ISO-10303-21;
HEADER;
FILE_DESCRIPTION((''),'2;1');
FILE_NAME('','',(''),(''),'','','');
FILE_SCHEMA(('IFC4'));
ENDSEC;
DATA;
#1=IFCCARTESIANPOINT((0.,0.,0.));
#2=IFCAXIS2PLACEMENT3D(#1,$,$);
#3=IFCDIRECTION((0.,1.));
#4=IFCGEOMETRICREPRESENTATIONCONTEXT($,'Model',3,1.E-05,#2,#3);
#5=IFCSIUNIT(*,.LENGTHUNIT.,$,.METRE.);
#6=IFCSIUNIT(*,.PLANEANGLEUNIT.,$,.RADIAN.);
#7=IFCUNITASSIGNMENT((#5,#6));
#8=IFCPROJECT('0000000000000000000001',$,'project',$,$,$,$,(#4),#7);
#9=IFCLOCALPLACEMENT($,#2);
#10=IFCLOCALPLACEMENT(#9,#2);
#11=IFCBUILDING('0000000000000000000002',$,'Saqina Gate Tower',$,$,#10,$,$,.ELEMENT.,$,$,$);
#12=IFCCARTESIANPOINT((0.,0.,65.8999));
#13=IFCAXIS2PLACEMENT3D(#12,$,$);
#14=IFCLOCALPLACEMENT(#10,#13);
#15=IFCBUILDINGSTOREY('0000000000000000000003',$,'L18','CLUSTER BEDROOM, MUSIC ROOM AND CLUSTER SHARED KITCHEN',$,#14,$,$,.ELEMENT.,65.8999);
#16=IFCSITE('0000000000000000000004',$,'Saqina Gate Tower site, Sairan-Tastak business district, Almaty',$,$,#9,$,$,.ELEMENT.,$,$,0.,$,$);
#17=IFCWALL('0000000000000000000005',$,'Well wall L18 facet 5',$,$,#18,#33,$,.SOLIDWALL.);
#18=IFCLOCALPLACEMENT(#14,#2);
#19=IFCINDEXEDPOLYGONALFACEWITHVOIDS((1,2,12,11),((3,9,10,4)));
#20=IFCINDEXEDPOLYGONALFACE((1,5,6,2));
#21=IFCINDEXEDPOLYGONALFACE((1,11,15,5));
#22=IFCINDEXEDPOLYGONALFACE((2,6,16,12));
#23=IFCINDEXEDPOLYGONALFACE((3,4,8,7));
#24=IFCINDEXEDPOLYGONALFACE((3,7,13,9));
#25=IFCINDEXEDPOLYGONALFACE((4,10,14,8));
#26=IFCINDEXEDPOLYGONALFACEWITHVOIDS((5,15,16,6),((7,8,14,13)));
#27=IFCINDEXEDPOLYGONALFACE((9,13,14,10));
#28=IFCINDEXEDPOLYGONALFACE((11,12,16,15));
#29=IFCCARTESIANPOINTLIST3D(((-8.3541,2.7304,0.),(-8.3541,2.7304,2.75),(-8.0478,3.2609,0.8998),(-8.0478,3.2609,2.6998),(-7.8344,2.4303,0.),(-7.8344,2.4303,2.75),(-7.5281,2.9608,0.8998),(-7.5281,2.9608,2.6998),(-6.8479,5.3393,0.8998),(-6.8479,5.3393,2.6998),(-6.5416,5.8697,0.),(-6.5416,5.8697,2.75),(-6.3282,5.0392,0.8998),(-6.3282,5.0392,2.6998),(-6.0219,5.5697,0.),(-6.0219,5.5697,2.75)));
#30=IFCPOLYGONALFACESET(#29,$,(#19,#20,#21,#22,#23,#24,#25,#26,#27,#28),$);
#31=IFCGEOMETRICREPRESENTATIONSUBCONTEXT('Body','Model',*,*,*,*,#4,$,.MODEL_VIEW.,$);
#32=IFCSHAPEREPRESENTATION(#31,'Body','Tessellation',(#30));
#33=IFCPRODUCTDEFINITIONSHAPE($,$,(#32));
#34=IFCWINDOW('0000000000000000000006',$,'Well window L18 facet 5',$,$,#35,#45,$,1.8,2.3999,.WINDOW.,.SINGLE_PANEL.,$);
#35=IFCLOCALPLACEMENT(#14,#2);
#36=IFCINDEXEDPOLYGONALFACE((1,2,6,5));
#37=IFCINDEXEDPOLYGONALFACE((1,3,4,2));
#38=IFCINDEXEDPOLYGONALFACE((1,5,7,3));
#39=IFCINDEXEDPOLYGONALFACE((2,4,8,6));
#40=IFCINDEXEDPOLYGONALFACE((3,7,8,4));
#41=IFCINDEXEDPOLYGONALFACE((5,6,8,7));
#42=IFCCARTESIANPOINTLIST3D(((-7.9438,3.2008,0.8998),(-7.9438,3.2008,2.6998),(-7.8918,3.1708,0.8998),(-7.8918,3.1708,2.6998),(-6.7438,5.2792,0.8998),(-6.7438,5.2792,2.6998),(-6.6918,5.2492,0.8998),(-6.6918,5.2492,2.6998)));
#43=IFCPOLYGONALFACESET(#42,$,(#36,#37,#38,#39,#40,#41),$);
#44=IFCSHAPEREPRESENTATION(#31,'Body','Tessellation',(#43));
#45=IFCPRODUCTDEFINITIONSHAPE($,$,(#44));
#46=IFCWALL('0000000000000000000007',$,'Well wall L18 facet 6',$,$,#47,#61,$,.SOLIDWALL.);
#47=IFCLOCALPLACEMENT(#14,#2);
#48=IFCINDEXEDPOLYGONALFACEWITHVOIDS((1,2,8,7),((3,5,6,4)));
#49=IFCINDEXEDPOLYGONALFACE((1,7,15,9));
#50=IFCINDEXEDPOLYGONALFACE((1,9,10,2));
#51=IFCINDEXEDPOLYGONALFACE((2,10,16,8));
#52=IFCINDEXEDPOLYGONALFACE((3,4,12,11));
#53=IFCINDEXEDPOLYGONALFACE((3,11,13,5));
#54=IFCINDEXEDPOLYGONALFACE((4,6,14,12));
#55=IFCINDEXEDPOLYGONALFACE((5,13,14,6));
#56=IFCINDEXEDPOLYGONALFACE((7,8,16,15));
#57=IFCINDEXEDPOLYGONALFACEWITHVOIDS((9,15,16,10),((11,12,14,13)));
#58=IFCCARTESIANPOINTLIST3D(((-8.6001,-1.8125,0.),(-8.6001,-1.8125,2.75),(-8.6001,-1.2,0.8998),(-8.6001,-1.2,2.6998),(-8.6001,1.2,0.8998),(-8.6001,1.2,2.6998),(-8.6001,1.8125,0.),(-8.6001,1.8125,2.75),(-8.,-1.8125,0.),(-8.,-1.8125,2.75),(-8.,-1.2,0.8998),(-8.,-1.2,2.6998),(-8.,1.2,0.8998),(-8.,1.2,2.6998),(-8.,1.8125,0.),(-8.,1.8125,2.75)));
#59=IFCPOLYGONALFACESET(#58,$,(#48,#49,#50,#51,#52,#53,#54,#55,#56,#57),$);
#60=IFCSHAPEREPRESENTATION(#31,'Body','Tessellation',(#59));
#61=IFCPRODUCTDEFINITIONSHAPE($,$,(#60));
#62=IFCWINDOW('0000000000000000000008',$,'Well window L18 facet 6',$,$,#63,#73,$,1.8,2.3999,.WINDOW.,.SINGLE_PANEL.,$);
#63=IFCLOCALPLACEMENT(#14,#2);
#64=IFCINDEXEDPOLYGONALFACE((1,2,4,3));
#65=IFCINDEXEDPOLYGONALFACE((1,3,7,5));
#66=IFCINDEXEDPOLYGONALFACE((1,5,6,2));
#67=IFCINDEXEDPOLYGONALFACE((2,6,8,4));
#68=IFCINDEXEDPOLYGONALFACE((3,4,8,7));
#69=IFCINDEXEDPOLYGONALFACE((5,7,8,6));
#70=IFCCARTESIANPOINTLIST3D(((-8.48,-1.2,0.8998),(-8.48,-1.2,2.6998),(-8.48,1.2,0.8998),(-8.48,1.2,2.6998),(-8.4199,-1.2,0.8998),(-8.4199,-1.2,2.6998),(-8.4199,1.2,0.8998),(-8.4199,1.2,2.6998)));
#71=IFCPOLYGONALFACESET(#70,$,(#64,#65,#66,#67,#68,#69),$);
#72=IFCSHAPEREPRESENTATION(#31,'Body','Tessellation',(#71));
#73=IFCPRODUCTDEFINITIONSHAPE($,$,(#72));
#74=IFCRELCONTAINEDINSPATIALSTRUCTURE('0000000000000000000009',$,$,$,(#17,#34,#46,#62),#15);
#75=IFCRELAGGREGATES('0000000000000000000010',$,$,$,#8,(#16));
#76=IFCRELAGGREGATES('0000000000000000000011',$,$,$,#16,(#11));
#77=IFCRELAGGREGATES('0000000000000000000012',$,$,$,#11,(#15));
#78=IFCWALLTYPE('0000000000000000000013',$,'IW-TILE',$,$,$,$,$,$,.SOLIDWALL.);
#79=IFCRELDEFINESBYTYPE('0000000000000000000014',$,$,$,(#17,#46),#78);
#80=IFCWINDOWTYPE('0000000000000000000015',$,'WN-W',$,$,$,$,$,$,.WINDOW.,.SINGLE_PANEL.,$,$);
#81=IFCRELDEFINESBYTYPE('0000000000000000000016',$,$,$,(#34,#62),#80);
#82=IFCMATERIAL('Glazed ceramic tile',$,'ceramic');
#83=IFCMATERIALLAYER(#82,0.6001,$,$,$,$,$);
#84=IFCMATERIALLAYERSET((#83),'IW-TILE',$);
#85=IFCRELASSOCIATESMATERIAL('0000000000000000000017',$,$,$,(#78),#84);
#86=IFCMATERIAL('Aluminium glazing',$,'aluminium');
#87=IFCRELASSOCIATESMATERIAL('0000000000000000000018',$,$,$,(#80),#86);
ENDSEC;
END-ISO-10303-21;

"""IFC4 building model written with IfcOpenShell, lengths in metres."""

from ifc_helpers import new_model, si_unit, direction, frame, frame_2d, origin, place, context, subcontext, project, spatial, rectangle, extrude, material, layer, layer_set, type_object, element, fill, save


model = new_model("IFC4")

# Units and contexts
model_context = context("Model", 3, precision=1e-05, world=origin(), true_north=direction((0.0, 1.0)))
body_context = subcontext(model_context, "Body", "Model", "MODEL_VIEW")
ifc_project = project(units=[si_unit("LENGTHUNIT", "METRE"), si_unit("PLANEANGLEUNIT", "RADIAN")], contexts=[model_context])

# Site, building, storey
site_placement = place(None, origin())
site = spatial("IfcSite", under=ifc_project, at=site_placement, Name="Saqina Gate Tower site, Sairan-Tastak business district, Almaty", CompositionType="ELEMENT", RefElevation=0.0)
building_placement = place(site_placement, origin())
building = spatial("IfcBuilding", under=site, at=building_placement, Name="Saqina Gate Tower", CompositionType="ELEMENT")
storey_placement = place(building_placement, frame((0.0, 0.0, 65.8999)))
storey = spatial("IfcBuildingStorey", under=building, at=storey_placement, Name="L18", Description="CLUSTER BEDROOM, MUSIC ROOM AND CLUSTER SHARED KITCHEN", CompositionType="ELEMENT", Elevation=65.8999)

# Walls, openings, windows
ifc_material_1 = material(Name="Glazed ceramic tile", Category="ceramic")
ifc_layer = layer(ifc_material_1, 0.6001)
ifc_layer_set = layer_set([ifc_layer], Name="IW-TILE")
wall_type_1 = type_object("IfcWallType", Name="IW-TILE", PredefinedType="SOLIDWALL", material=ifc_layer_set)
wall_1_placement = place(storey_placement, frame((-6.2817, 5.7197, 0.0), z_axis=(0.0, 0.0, 1.0), x_axis=(-0.499993, -0.86603, 0.0)))
wall_1 = element("IfcWall", 1, at=wall_1_placement, inside=storey, type_object=wall_type_1, Name="Well wall L18 facet 5", PredefinedType="SOLIDWALL", context=body_context, shape_type="SweptSolid", body=[
    extrude(rectangle(XDim=3.625, YDim=0.6001, at=frame_2d((1.8125, 0.0))), origin(), (0.0, 0.0, 1.0), 2.75),
])
opening_1_placement = place(wall_1_placement, frame((0.6125, 0.0, 0.8999)))
opening_1 = element("IfcOpeningElement", 2, at=opening_1_placement, cuts=wall_1, PredefinedType="OPENING", context=body_context, shape_type="SweptSolid", body=[
    extrude(rectangle(XDim=2.3999, YDim=1.8, at=frame_2d((1.2, 0.8999))), frame((0.0, 0.312, 0.0), z_axis=(0.0, -1.0, 0.0), x_axis=(1.0, 0.0, 0.0)), (0.0, 0.0, 1.0), 0.624),
])
ifc_material_2 = material(Name="Aluminium glazing", Category="aluminium")
window_type = type_object("IfcWindowType", Name="WN-W", PartitioningType="SINGLE_PANEL", PredefinedType="WINDOW", material=ifc_material_2)
window_1_placement = place(opening_1_placement, origin())
window_1 = element("IfcWindow", 3, at=window_1_placement, inside=storey, type_object=window_type, Name="Well window L18 facet 5", OverallHeight=1.8, OverallWidth=2.3999, PartitioningType="SINGLE_PANEL", PredefinedType="WINDOW", context=body_context, shape_type="SweptSolid", body=[
    extrude(rectangle(XDim=2.3999, YDim=1.8, at=frame_2d((1.2, 0.8999))), frame((0.0, -0.1199, 0.0), z_axis=(0.0, -1.0, 0.0), x_axis=(1.0, 0.0, 0.0)), (0.0, 0.0, 1.0), 0.0601),
])
fill(opening_1, window_1)
wall_2_placement = place(storey_placement, frame((-8.3, 1.8125, 0.0), z_axis=(0.0, 0.0, 1.0), x_axis=(0.0, -1.0, 0.0)))
wall_2 = element("IfcWall", 4, at=wall_2_placement, inside=storey, type_object=wall_type_1, Name="Well wall L18 facet 6", PredefinedType="SOLIDWALL", context=body_context, shape_type="SweptSolid", body=[
    extrude(rectangle(XDim=3.625, YDim=0.6001, at=frame_2d((1.8125, 0.0))), origin(), (0.0, 0.0, 1.0), 2.75),
])
opening_2_placement = place(wall_2_placement, frame((0.6125, 0.0, 0.8999)))
opening_2 = element("IfcOpeningElement", 5, at=opening_2_placement, cuts=wall_2, PredefinedType="OPENING", context=body_context, shape_type="SweptSolid", body=[
    extrude(rectangle(XDim=2.3999, YDim=1.8, at=frame_2d((1.2, 0.8999))), frame((0.0, 0.312, 0.0), z_axis=(0.0, -1.0, 0.0), x_axis=(1.0, 0.0, 0.0)), (0.0, 0.0, 1.0), 0.624),
])
window_2_placement = place(opening_2_placement, origin())
window_2 = element("IfcWindow", 6, at=window_2_placement, inside=storey, type_object=window_type, Name="Well window L18 facet 6", OverallHeight=1.8, OverallWidth=2.3999, PartitioningType="SINGLE_PANEL", PredefinedType="WINDOW", context=body_context, shape_type="SweptSolid", body=[
    extrude(rectangle(XDim=2.3999, YDim=1.8, at=frame_2d((1.2, 0.8999))), frame((0.0, -0.1199, 0.0), z_axis=(0.0, -1.0, 0.0), x_axis=(1.0, 0.0, 0.0)), (0.0, 0.0, 1.0), 0.0601),
])
fill(opening_2, window_2)

save(model, "model.ifc")
